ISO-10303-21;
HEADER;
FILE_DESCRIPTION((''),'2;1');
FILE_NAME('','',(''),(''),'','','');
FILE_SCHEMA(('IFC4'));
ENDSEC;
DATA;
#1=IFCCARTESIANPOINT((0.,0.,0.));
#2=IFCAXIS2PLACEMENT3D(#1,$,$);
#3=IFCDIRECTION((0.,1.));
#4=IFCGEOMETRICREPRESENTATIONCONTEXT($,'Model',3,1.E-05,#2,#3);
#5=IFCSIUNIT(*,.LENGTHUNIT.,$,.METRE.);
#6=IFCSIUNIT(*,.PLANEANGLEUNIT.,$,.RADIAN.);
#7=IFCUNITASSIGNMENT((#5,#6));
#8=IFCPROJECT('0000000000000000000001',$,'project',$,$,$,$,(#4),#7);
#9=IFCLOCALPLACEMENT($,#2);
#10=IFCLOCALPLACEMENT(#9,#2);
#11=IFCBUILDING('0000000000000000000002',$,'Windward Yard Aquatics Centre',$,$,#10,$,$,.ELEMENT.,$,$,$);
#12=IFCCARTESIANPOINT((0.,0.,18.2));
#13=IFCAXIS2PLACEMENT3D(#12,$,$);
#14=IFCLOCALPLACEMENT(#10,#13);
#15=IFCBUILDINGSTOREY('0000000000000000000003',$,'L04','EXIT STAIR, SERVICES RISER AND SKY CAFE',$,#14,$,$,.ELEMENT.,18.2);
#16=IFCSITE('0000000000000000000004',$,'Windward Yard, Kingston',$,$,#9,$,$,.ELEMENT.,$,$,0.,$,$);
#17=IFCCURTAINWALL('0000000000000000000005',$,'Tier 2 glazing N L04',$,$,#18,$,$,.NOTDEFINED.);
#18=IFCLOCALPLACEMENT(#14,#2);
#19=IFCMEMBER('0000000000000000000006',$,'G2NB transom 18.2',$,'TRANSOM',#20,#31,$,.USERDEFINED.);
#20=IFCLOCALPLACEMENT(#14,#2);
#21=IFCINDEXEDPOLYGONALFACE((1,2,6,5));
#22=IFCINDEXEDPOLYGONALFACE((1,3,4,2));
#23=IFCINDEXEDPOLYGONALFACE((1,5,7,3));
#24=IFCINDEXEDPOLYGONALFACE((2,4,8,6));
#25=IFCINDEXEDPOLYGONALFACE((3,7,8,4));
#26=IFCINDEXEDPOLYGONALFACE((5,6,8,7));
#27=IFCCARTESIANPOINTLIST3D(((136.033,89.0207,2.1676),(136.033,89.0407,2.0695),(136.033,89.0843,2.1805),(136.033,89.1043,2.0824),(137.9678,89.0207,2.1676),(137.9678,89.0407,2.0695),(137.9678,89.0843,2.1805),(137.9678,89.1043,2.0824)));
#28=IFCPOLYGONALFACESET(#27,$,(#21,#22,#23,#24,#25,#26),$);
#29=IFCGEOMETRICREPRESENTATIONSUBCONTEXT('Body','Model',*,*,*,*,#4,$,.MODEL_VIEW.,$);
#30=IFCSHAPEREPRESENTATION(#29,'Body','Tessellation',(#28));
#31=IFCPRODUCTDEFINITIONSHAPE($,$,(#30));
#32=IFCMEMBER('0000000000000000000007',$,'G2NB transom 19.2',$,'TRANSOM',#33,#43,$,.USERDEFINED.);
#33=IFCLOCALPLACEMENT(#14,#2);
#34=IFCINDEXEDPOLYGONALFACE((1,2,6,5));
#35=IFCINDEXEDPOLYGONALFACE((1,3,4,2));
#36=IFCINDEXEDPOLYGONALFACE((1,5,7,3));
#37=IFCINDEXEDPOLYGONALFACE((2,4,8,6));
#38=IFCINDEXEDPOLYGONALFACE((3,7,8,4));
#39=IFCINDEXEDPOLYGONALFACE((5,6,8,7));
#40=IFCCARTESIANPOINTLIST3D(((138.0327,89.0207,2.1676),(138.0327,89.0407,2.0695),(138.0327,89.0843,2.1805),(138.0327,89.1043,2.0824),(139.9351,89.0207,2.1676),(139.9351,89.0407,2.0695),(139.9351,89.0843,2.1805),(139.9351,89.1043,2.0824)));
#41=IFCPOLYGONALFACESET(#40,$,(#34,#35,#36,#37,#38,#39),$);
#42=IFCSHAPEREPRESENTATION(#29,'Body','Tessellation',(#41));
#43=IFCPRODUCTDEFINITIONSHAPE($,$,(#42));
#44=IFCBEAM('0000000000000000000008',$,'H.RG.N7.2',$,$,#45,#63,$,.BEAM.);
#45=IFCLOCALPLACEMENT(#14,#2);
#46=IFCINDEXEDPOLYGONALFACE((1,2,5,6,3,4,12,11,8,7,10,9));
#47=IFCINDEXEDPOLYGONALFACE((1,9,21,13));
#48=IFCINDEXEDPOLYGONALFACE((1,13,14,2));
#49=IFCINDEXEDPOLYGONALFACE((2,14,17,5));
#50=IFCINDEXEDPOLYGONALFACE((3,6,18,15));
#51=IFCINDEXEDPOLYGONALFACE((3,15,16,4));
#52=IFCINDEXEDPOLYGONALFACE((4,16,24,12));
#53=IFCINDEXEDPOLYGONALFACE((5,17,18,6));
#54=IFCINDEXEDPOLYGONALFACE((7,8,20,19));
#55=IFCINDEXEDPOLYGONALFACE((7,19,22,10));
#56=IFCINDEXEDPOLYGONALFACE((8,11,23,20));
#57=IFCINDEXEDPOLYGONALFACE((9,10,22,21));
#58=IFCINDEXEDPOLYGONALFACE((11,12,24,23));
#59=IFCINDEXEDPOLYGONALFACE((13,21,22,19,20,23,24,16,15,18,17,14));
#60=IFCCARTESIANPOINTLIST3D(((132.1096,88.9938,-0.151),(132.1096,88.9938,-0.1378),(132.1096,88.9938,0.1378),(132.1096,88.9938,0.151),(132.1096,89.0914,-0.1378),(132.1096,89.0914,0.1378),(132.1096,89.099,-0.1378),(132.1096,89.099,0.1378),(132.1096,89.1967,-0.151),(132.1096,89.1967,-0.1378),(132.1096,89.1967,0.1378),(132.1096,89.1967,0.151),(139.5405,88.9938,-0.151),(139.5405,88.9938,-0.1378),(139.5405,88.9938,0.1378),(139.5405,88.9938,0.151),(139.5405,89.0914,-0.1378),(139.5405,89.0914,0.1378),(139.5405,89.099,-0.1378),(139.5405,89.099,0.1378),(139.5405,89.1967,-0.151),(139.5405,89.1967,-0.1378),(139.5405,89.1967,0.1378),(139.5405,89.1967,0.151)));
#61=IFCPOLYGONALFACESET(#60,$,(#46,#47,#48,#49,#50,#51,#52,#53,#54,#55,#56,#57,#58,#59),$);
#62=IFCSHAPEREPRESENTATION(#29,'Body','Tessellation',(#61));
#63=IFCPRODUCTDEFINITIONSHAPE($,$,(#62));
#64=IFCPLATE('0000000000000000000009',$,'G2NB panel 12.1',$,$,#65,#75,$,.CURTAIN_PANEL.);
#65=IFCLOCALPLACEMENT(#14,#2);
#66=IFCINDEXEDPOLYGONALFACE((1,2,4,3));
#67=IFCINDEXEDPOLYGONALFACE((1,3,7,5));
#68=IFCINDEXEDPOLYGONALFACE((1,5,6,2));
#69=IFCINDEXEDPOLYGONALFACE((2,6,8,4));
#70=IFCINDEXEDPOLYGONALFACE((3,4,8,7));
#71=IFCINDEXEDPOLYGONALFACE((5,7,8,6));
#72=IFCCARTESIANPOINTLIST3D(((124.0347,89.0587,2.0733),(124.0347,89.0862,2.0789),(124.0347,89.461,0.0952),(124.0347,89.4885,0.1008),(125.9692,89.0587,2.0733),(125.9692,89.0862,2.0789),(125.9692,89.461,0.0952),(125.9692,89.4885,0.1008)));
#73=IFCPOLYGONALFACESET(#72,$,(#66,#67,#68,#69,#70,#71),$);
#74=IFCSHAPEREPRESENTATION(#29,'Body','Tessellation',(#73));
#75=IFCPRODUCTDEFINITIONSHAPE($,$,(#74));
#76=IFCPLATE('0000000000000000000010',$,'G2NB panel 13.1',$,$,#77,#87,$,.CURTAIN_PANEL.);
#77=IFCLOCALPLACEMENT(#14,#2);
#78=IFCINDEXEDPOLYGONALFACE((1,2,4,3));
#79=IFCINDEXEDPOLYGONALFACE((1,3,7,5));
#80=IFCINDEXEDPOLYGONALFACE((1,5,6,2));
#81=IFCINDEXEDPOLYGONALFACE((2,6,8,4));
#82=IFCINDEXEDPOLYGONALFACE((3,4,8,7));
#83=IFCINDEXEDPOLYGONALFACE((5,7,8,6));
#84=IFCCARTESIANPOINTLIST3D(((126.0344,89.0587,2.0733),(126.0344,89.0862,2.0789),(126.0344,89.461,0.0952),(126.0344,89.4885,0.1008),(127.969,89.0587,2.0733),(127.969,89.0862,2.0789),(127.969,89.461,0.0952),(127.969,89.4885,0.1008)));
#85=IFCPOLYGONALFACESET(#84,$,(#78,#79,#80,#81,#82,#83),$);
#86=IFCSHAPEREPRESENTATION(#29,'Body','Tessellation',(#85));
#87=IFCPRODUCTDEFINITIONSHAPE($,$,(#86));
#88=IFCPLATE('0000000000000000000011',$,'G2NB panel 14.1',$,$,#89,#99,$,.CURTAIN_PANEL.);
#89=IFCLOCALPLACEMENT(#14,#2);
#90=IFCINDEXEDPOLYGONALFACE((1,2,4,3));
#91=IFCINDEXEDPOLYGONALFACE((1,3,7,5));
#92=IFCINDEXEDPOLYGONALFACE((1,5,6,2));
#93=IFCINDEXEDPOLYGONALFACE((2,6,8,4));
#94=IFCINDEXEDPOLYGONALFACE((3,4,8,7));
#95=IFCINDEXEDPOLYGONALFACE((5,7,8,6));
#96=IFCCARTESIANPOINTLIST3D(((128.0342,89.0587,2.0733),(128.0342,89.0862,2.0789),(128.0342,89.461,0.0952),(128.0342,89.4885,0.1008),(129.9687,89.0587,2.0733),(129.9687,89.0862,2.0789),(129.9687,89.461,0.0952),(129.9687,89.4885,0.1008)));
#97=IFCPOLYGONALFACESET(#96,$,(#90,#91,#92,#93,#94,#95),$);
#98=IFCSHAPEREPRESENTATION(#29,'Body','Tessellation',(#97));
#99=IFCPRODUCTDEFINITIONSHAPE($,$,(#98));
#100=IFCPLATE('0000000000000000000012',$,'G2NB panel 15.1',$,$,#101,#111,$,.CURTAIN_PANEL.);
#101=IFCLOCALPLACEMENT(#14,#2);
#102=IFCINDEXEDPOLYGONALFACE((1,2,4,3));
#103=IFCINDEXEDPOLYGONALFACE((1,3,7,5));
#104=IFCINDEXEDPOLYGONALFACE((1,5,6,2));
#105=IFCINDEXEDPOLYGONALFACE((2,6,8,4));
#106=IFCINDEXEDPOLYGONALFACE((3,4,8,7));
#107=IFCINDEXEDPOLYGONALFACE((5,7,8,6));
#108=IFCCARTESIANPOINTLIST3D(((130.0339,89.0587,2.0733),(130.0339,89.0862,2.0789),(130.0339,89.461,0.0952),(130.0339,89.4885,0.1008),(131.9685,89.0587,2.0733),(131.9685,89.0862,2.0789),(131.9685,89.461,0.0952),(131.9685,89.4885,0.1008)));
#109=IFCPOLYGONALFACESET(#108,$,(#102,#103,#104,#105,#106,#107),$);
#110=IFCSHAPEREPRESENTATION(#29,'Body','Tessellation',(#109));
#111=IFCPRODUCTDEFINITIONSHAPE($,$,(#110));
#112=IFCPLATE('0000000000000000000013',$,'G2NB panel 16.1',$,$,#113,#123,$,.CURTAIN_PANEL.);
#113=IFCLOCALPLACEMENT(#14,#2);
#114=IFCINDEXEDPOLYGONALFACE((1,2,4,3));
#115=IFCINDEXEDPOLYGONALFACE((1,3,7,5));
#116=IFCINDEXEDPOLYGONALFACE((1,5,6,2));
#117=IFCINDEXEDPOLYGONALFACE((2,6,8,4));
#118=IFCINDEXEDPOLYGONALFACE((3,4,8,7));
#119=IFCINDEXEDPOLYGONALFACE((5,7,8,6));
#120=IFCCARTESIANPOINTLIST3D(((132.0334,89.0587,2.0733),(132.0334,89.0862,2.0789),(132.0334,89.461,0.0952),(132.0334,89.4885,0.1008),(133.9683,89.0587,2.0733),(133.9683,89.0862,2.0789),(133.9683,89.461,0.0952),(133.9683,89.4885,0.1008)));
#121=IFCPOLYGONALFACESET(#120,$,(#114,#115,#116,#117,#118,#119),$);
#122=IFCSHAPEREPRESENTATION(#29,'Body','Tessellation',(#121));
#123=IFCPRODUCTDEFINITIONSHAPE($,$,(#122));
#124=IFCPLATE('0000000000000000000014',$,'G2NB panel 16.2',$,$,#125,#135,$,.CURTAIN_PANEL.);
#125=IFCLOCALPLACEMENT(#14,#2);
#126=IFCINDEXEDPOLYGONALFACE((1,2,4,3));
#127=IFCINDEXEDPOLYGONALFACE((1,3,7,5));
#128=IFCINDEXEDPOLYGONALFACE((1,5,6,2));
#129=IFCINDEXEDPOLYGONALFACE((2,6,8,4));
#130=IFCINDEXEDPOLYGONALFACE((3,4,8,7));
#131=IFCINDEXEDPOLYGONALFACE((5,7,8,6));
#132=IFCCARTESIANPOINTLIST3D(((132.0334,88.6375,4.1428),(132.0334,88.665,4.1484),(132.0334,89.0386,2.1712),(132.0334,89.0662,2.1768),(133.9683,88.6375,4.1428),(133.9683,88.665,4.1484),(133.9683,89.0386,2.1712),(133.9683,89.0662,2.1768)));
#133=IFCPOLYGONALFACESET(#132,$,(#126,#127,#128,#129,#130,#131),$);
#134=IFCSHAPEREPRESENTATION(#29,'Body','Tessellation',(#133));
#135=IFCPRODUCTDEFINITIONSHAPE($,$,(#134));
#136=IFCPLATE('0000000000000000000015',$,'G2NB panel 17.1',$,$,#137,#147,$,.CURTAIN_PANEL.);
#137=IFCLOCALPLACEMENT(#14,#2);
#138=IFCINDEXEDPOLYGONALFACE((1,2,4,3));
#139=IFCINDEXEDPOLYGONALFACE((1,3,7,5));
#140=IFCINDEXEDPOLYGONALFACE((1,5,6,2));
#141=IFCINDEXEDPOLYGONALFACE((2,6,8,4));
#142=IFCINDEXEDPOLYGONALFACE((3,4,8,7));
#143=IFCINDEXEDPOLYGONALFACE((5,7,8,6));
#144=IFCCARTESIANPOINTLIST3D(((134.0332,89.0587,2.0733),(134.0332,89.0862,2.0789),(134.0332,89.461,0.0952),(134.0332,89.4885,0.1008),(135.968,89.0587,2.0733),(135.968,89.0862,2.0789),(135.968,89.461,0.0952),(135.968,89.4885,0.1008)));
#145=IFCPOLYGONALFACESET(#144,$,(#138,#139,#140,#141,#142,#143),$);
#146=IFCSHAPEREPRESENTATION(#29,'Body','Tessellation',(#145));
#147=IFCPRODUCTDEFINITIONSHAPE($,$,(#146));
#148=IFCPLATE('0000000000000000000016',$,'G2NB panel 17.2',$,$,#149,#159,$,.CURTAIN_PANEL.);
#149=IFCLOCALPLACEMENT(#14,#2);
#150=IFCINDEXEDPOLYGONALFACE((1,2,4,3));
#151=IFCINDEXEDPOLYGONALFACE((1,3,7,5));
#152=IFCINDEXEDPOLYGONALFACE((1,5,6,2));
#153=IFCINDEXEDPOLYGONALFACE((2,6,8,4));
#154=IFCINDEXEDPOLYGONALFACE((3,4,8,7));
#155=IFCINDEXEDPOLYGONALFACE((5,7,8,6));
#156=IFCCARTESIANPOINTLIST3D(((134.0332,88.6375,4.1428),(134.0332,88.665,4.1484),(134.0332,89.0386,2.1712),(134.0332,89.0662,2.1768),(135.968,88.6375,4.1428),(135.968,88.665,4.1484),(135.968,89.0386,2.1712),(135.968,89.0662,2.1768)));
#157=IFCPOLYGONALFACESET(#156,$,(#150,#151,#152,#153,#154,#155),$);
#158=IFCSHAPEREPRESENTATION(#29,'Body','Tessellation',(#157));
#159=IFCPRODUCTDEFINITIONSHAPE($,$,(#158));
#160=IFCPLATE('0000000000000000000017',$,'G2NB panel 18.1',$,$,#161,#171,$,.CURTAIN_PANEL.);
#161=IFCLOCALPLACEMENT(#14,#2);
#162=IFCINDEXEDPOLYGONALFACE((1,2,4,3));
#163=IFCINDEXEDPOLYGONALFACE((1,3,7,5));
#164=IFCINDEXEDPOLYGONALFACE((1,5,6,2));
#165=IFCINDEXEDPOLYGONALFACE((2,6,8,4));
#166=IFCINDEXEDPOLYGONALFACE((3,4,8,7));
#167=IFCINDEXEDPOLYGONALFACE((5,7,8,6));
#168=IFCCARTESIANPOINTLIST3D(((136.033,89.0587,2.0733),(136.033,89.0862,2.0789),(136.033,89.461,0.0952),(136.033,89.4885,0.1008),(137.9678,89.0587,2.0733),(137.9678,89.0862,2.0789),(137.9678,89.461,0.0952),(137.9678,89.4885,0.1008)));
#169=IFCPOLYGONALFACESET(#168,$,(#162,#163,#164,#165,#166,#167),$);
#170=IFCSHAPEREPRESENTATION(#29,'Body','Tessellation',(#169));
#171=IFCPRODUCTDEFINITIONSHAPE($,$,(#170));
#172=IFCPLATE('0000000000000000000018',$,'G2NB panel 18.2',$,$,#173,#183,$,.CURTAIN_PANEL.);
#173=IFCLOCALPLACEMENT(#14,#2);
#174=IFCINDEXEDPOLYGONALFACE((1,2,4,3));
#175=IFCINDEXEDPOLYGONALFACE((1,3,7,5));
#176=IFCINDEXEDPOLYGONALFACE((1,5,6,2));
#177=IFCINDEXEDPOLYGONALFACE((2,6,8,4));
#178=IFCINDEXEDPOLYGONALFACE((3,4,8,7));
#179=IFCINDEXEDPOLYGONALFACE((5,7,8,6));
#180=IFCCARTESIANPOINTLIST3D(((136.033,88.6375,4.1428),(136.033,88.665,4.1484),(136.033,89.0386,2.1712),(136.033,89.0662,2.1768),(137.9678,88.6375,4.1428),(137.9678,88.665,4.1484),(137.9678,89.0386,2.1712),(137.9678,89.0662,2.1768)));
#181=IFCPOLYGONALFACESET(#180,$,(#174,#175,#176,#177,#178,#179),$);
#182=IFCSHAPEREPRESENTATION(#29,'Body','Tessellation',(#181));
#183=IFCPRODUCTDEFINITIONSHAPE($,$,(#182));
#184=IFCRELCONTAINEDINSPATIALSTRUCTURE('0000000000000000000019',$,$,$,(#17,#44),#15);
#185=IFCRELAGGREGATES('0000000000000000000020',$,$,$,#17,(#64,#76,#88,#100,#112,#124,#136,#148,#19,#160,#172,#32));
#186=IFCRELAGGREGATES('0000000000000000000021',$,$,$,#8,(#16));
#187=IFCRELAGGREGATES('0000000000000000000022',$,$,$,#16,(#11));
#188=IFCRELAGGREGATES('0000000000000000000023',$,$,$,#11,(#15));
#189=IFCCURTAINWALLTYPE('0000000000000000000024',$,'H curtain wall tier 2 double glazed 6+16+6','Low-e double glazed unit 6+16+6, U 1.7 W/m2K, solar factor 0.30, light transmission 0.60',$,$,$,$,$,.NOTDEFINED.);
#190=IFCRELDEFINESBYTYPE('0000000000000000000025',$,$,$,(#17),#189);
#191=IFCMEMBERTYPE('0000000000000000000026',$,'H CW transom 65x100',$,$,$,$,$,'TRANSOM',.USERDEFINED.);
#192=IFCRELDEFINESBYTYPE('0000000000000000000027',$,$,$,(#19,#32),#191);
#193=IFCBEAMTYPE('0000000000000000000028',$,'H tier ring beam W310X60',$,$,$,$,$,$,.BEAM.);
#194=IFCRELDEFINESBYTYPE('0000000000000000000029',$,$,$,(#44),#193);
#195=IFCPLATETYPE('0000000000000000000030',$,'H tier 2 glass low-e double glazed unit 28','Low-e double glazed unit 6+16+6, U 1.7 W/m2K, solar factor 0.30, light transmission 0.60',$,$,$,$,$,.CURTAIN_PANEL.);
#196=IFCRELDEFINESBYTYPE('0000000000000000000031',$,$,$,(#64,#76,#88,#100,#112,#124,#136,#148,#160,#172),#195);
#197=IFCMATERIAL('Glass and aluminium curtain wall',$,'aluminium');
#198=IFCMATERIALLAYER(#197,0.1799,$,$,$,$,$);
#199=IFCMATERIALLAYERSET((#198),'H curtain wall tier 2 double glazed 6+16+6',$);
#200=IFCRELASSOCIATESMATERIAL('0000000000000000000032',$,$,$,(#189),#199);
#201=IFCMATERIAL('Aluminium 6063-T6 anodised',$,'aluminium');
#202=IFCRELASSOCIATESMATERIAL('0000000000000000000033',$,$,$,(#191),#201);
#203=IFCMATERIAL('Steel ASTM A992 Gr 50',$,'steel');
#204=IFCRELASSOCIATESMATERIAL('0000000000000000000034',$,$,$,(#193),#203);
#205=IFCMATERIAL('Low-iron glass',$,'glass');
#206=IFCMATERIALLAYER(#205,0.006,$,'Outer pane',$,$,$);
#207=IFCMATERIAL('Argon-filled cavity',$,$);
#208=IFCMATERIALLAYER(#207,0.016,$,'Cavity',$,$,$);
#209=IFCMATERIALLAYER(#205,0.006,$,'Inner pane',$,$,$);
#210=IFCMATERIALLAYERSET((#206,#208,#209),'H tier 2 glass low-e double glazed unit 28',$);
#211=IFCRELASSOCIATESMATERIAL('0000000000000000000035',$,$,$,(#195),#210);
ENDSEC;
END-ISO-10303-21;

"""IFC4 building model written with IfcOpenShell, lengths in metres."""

from ifc_helpers import new_model, si_unit, direction, frame, origin, origin_2d, place, context, subcontext, project, spatial, polyline, rectangle, i_section, outline, extrude, material, layer, layer_set, material_profile, profile_set, type_object, element, aggregate, save


model = new_model("IFC4")

# Units and contexts
model_context = context("Model", 3, precision=1e-05, world=origin(), true_north=direction((0.0, 1.0)))
body_context = subcontext(model_context, "Body", "Model", "MODEL_VIEW")
ifc_project = project(units=[si_unit("LENGTHUNIT", "METRE"), si_unit("PLANEANGLEUNIT", "RADIAN")], contexts=[model_context])

# Site, building, storey
site_placement = place(None, origin())
site = spatial("IfcSite", under=ifc_project, at=site_placement, Name="Windward Yard, Kingston", CompositionType="ELEMENT", RefElevation=0.0)
building_placement = place(site_placement, origin())
building = spatial("IfcBuilding", under=site, at=building_placement, Name="Windward Yard Aquatics Centre", CompositionType="ELEMENT")
storey_placement = place(building_placement, frame((0.0, 0.0, 18.2)))
storey = spatial("IfcBuildingStorey", under=building, at=storey_placement, Name="L04", Description="EXIT STAIR, SERVICES RISER AND SKY CAFE", CompositionType="ELEMENT", Elevation=18.2)

# Curtain wall, members
ifc_material_1 = material(Name="Glass and aluminium curtain wall", Category="aluminium")
ifc_layer_1 = layer(ifc_material_1, 0.1799)
ifc_layer_set_1 = layer_set([ifc_layer_1], Name="H curtain wall tier 2 double glazed 6+16+6")
curtain_wall_type = type_object("IfcCurtainWallType", Name="H curtain wall tier 2 double glazed 6+16+6", Description="Low-e double glazed unit 6+16+6, U 1.7 W/m2K, solar factor 0.30, light transmission 0.60", PredefinedType="NOTDEFINED", material=ifc_layer_set_1)
curtain_wall_placement = place(storey_placement, origin())
curtain_wall = element("IfcCurtainWall", 1, at=curtain_wall_placement, inside=storey, type_object=curtain_wall_type, Name="Tier 2 glazing N L04", PredefinedType="NOTDEFINED")
ifc_material_2 = material(Name="Aluminium 6063-T6 anodised", Category="aluminium")
ifc_material_profile_1 = material_profile(ifc_material_2, rectangle(XDim=0.0649, YDim=0.1001, at=origin_2d()), Name="H CW transom 65x100")
ifc_profile_set_1 = profile_set([ifc_material_profile_1], Name="Aluminium 6063-T6 anodised")
member_type = type_object("IfcMemberType", Name="H CW transom 65x100", ElementType="TRANSOM", PredefinedType="USERDEFINED", material=ifc_profile_set_1)
member_1_placement = place(storey_placement, frame((136.033, 89.0625, 2.125), z_axis=(1.0, 0.0, 0.0), x_axis=(0.0, 0.979925, 0.199368)))
member_1 = element("IfcMember", 2, at=member_1_placement, type_object=member_type, Name="G2NB transom 18.2", ObjectType="TRANSOM", PredefinedType="USERDEFINED", context=body_context, shape_type="SweptSolid", body=[
    extrude(rectangle(XDim=0.0649, YDim=0.1001, at=origin_2d()), origin(), (0.0, 0.0, 1.0), 1.9348),
])
member_2_placement = place(storey_placement, frame((138.0327, 89.0625, 2.125), z_axis=(1.0, 0.0, 0.0), x_axis=(0.0, 0.979925, 0.199368)))
member_2 = element("IfcMember", 3, at=member_2_placement, type_object=member_type, Name="G2NB transom 19.2", ObjectType="TRANSOM", PredefinedType="USERDEFINED", context=body_context, shape_type="SweptSolid", body=[
    extrude(rectangle(XDim=0.0649, YDim=0.1001, at=origin_2d()), origin(), (0.0, 0.0, 1.0), 1.9023),
])

# Beam
ifc_material_3 = material(Name="Steel ASTM A992 Gr 50", Category="steel")
ifc_material_profile_2 = material_profile(ifc_material_3, i_section(OverallWidth=0.2029, OverallDepth=0.302, WebThickness=0.0076, FlangeThickness=0.0132, at=origin_2d()), Name="W310X60")
ifc_profile_set_2 = profile_set([ifc_material_profile_2], Name="Steel ASTM A992 Gr 50")
beam_type = type_object("IfcBeamType", Name="H tier ring beam W310X60", PredefinedType="BEAM", material=ifc_profile_set_2)
beam_placement = place(storey_placement, frame((132.1096, 89.0952, 0.0), z_axis=(1.0, 0.0, 0.0), x_axis=(0.0, 1.0, 0.0)))
element("IfcBeam", 4, at=beam_placement, inside=storey, type_object=beam_type, Name="H.RG.N7.2", PredefinedType="BEAM", context=body_context, shape_type="SweptSolid", body=[
    extrude(i_section(OverallWidth=0.2029, OverallDepth=0.302, WebThickness=0.0076, FlangeThickness=0.0132, at=origin_2d()), origin(), (0.0, 0.0, 1.0), 7.4309),
])

# Plates
ifc_material_4 = material(Name="Low-iron glass", Category="glass")
ifc_layer_2 = layer(ifc_material_4, 0.006, Name="Outer pane")
ifc_material_5 = material(Name="Argon-filled cavity")
ifc_layer_3 = layer(ifc_material_5, 0.016, Name="Cavity")
ifc_layer_4 = layer(ifc_material_4, 0.006, Name="Inner pane")
ifc_layer_set_2 = layer_set([ifc_layer_2, ifc_layer_3, ifc_layer_4], Name="H tier 2 glass low-e double glazed unit 28")
plate_type = type_object("IfcPlateType", Name="H tier 2 glass low-e double glazed unit 28", Description="Low-e double glazed unit 6+16+6, U 1.7 W/m2K, solar factor 0.30, light transmission 0.60", PredefinedType="CURTAIN_PANEL", material=ifc_layer_set_2)
plate_1_placement = place(storey_placement, frame((124.0347, 89.0862, 2.0789), z_axis=(0.0, 0.979933, 0.199325), x_axis=(0.0, 0.199325, -0.979933)))
plate_1 = element("IfcPlate", 5, at=plate_1_placement, type_object=plate_type, Name="G2NB panel 12.1", PredefinedType="CURTAIN_PANEL", context=body_context, shape_type="SweptSolid", body=[
    extrude(outline(polyline([(0.0, 0.0), (2.0185, 0.0), (2.0185, -1.9346), (0.0, -1.9346), (0.0, 0.0)])), origin(), (0.0, 0.0, -1.0), 0.0281),
])
plate_2_placement = place(storey_placement, frame((126.0344, 89.0862, 2.0789), z_axis=(0.0, 0.979933, 0.199325), x_axis=(0.0, 0.199325, -0.979933)))
plate_2 = element("IfcPlate", 6, at=plate_2_placement, type_object=plate_type, Name="G2NB panel 13.1", PredefinedType="CURTAIN_PANEL", context=body_context, shape_type="SweptSolid", body=[
    extrude(outline(polyline([(0.0, 0.0), (2.0185, 0.0), (2.0185, -1.9346), (0.0, -1.9346), (0.0, 0.0)])), origin(), (0.0, 0.0, -1.0), 0.0281),
])
plate_3_placement = place(storey_placement, frame((128.0342, 89.0862, 2.0789), z_axis=(0.0, 0.979933, 0.199325), x_axis=(0.0, 0.199325, -0.979933)))
plate_3 = element("IfcPlate", 7, at=plate_3_placement, type_object=plate_type, Name="G2NB panel 14.1", PredefinedType="CURTAIN_PANEL", context=body_context, shape_type="SweptSolid", body=[
    extrude(outline(polyline([(0.0, 0.0), (2.0185, 0.0), (2.0185, -1.9346), (0.0, -1.9346), (0.0, 0.0)])), origin(), (0.0, 0.0, -1.0), 0.0281),
])
plate_4_placement = place(storey_placement, frame((130.0339, 89.0862, 2.0789), z_axis=(0.0, 0.979933, 0.199325), x_axis=(0.0, 0.199325, -0.979933)))
plate_4 = element("IfcPlate", 8, at=plate_4_placement, type_object=plate_type, Name="G2NB panel 15.1", PredefinedType="CURTAIN_PANEL", context=body_context, shape_type="SweptSolid", body=[
    extrude(outline(polyline([(0.0, 0.0), (2.0185, 0.0), (2.0185, -1.9346), (0.0, -1.9346), (0.0, 0.0)])), origin(), (0.0, 0.0, -1.0), 0.0281),
])
plate_5_placement = place(storey_placement, frame((132.0334, 89.0862, 2.0789), z_axis=(0.0, 0.979933, 0.199325), x_axis=(0.0, 0.199325, -0.979933)))
plate_5 = element("IfcPlate", 9, at=plate_5_placement, type_object=plate_type, Name="G2NB panel 16.1", PredefinedType="CURTAIN_PANEL", context=body_context, shape_type="SweptSolid", body=[
    extrude(outline(polyline([(0.0, 0.0), (2.0185, 0.0), (2.0185, -1.9348), (0.0, -1.9348), (0.0, 0.0)])), origin(), (0.0, 0.0, -1.0), 0.0281),
])
plate_6_placement = place(storey_placement, frame((132.0334, 88.665, 4.1484), z_axis=(0.0, 0.979927, 0.199359), x_axis=(0.0, 0.199359, -0.979927)))
plate_6 = element("IfcPlate", 10, at=plate_6_placement, type_object=plate_type, Name="G2NB panel 16.2", PredefinedType="CURTAIN_PANEL", context=body_context, shape_type="SweptSolid", body=[
    extrude(outline(polyline([(0.0, 0.0), (2.0121, 0.0), (2.0121, -1.9348), (0.0, -1.9348), (0.0, 0.0)])), origin(), (0.0, 0.0, -1.0), 0.0281),
])
plate_7_placement = place(storey_placement, frame((134.0332, 89.0862, 2.0789), z_axis=(0.0, 0.979933, 0.199325), x_axis=(0.0, 0.199325, -0.979933)))
plate_7 = element("IfcPlate", 11, at=plate_7_placement, type_object=plate_type, Name="G2NB panel 17.1", PredefinedType="CURTAIN_PANEL", context=body_context, shape_type="SweptSolid", body=[
    extrude(outline(polyline([(0.0, 0.0), (2.0185, 0.0), (2.0185, -1.9348), (0.0, -1.9348), (0.0, 0.0)])), origin(), (0.0, 0.0, -1.0), 0.0281),
])
plate_8_placement = place(storey_placement, frame((134.0332, 88.665, 4.1484), z_axis=(0.0, 0.979927, 0.199359), x_axis=(0.0, 0.199359, -0.979927)))
plate_8 = element("IfcPlate", 12, at=plate_8_placement, type_object=plate_type, Name="G2NB panel 17.2", PredefinedType="CURTAIN_PANEL", context=body_context, shape_type="SweptSolid", body=[
    extrude(outline(polyline([(0.0, 0.0), (2.0121, 0.0), (2.0121, -1.9348), (0.0, -1.9348), (0.0, 0.0)])), origin(), (0.0, 0.0, -1.0), 0.0281),
])
plate_9_placement = place(storey_placement, frame((136.033, 89.0862, 2.0789), z_axis=(0.0, 0.979933, 0.199325), x_axis=(0.0, 0.199325, -0.979933)))
plate_9 = element("IfcPlate", 13, at=plate_9_placement, type_object=plate_type, Name="G2NB panel 18.1", PredefinedType="CURTAIN_PANEL", context=body_context, shape_type="SweptSolid", body=[
    extrude(outline(polyline([(0.0, 0.0), (2.0185, 0.0), (2.0185, -1.9348), (0.0, -1.9348), (0.0, 0.0)])), origin(), (0.0, 0.0, -1.0), 0.0281),
])
plate_10_placement = place(storey_placement, frame((136.033, 88.665, 4.1484), z_axis=(0.0, 0.979927, 0.199359), x_axis=(0.0, 0.199359, -0.979927)))
plate_10 = element("IfcPlate", 14, at=plate_10_placement, type_object=plate_type, Name="G2NB panel 18.2", PredefinedType="CURTAIN_PANEL", context=body_context, shape_type="SweptSolid", body=[
    extrude(outline(polyline([(0.0, 0.0), (2.0121, 0.0), (2.0121, -1.9348), (0.0, -1.9348), (0.0, 0.0)])), origin(), (0.0, 0.0, -1.0), 0.0281),
])
aggregate(curtain_wall, [plate_1, plate_2, plate_3, plate_4, plate_5, plate_6, plate_7, plate_8, member_1, plate_9, plate_10, member_2])

save(model, "model.ifc")
